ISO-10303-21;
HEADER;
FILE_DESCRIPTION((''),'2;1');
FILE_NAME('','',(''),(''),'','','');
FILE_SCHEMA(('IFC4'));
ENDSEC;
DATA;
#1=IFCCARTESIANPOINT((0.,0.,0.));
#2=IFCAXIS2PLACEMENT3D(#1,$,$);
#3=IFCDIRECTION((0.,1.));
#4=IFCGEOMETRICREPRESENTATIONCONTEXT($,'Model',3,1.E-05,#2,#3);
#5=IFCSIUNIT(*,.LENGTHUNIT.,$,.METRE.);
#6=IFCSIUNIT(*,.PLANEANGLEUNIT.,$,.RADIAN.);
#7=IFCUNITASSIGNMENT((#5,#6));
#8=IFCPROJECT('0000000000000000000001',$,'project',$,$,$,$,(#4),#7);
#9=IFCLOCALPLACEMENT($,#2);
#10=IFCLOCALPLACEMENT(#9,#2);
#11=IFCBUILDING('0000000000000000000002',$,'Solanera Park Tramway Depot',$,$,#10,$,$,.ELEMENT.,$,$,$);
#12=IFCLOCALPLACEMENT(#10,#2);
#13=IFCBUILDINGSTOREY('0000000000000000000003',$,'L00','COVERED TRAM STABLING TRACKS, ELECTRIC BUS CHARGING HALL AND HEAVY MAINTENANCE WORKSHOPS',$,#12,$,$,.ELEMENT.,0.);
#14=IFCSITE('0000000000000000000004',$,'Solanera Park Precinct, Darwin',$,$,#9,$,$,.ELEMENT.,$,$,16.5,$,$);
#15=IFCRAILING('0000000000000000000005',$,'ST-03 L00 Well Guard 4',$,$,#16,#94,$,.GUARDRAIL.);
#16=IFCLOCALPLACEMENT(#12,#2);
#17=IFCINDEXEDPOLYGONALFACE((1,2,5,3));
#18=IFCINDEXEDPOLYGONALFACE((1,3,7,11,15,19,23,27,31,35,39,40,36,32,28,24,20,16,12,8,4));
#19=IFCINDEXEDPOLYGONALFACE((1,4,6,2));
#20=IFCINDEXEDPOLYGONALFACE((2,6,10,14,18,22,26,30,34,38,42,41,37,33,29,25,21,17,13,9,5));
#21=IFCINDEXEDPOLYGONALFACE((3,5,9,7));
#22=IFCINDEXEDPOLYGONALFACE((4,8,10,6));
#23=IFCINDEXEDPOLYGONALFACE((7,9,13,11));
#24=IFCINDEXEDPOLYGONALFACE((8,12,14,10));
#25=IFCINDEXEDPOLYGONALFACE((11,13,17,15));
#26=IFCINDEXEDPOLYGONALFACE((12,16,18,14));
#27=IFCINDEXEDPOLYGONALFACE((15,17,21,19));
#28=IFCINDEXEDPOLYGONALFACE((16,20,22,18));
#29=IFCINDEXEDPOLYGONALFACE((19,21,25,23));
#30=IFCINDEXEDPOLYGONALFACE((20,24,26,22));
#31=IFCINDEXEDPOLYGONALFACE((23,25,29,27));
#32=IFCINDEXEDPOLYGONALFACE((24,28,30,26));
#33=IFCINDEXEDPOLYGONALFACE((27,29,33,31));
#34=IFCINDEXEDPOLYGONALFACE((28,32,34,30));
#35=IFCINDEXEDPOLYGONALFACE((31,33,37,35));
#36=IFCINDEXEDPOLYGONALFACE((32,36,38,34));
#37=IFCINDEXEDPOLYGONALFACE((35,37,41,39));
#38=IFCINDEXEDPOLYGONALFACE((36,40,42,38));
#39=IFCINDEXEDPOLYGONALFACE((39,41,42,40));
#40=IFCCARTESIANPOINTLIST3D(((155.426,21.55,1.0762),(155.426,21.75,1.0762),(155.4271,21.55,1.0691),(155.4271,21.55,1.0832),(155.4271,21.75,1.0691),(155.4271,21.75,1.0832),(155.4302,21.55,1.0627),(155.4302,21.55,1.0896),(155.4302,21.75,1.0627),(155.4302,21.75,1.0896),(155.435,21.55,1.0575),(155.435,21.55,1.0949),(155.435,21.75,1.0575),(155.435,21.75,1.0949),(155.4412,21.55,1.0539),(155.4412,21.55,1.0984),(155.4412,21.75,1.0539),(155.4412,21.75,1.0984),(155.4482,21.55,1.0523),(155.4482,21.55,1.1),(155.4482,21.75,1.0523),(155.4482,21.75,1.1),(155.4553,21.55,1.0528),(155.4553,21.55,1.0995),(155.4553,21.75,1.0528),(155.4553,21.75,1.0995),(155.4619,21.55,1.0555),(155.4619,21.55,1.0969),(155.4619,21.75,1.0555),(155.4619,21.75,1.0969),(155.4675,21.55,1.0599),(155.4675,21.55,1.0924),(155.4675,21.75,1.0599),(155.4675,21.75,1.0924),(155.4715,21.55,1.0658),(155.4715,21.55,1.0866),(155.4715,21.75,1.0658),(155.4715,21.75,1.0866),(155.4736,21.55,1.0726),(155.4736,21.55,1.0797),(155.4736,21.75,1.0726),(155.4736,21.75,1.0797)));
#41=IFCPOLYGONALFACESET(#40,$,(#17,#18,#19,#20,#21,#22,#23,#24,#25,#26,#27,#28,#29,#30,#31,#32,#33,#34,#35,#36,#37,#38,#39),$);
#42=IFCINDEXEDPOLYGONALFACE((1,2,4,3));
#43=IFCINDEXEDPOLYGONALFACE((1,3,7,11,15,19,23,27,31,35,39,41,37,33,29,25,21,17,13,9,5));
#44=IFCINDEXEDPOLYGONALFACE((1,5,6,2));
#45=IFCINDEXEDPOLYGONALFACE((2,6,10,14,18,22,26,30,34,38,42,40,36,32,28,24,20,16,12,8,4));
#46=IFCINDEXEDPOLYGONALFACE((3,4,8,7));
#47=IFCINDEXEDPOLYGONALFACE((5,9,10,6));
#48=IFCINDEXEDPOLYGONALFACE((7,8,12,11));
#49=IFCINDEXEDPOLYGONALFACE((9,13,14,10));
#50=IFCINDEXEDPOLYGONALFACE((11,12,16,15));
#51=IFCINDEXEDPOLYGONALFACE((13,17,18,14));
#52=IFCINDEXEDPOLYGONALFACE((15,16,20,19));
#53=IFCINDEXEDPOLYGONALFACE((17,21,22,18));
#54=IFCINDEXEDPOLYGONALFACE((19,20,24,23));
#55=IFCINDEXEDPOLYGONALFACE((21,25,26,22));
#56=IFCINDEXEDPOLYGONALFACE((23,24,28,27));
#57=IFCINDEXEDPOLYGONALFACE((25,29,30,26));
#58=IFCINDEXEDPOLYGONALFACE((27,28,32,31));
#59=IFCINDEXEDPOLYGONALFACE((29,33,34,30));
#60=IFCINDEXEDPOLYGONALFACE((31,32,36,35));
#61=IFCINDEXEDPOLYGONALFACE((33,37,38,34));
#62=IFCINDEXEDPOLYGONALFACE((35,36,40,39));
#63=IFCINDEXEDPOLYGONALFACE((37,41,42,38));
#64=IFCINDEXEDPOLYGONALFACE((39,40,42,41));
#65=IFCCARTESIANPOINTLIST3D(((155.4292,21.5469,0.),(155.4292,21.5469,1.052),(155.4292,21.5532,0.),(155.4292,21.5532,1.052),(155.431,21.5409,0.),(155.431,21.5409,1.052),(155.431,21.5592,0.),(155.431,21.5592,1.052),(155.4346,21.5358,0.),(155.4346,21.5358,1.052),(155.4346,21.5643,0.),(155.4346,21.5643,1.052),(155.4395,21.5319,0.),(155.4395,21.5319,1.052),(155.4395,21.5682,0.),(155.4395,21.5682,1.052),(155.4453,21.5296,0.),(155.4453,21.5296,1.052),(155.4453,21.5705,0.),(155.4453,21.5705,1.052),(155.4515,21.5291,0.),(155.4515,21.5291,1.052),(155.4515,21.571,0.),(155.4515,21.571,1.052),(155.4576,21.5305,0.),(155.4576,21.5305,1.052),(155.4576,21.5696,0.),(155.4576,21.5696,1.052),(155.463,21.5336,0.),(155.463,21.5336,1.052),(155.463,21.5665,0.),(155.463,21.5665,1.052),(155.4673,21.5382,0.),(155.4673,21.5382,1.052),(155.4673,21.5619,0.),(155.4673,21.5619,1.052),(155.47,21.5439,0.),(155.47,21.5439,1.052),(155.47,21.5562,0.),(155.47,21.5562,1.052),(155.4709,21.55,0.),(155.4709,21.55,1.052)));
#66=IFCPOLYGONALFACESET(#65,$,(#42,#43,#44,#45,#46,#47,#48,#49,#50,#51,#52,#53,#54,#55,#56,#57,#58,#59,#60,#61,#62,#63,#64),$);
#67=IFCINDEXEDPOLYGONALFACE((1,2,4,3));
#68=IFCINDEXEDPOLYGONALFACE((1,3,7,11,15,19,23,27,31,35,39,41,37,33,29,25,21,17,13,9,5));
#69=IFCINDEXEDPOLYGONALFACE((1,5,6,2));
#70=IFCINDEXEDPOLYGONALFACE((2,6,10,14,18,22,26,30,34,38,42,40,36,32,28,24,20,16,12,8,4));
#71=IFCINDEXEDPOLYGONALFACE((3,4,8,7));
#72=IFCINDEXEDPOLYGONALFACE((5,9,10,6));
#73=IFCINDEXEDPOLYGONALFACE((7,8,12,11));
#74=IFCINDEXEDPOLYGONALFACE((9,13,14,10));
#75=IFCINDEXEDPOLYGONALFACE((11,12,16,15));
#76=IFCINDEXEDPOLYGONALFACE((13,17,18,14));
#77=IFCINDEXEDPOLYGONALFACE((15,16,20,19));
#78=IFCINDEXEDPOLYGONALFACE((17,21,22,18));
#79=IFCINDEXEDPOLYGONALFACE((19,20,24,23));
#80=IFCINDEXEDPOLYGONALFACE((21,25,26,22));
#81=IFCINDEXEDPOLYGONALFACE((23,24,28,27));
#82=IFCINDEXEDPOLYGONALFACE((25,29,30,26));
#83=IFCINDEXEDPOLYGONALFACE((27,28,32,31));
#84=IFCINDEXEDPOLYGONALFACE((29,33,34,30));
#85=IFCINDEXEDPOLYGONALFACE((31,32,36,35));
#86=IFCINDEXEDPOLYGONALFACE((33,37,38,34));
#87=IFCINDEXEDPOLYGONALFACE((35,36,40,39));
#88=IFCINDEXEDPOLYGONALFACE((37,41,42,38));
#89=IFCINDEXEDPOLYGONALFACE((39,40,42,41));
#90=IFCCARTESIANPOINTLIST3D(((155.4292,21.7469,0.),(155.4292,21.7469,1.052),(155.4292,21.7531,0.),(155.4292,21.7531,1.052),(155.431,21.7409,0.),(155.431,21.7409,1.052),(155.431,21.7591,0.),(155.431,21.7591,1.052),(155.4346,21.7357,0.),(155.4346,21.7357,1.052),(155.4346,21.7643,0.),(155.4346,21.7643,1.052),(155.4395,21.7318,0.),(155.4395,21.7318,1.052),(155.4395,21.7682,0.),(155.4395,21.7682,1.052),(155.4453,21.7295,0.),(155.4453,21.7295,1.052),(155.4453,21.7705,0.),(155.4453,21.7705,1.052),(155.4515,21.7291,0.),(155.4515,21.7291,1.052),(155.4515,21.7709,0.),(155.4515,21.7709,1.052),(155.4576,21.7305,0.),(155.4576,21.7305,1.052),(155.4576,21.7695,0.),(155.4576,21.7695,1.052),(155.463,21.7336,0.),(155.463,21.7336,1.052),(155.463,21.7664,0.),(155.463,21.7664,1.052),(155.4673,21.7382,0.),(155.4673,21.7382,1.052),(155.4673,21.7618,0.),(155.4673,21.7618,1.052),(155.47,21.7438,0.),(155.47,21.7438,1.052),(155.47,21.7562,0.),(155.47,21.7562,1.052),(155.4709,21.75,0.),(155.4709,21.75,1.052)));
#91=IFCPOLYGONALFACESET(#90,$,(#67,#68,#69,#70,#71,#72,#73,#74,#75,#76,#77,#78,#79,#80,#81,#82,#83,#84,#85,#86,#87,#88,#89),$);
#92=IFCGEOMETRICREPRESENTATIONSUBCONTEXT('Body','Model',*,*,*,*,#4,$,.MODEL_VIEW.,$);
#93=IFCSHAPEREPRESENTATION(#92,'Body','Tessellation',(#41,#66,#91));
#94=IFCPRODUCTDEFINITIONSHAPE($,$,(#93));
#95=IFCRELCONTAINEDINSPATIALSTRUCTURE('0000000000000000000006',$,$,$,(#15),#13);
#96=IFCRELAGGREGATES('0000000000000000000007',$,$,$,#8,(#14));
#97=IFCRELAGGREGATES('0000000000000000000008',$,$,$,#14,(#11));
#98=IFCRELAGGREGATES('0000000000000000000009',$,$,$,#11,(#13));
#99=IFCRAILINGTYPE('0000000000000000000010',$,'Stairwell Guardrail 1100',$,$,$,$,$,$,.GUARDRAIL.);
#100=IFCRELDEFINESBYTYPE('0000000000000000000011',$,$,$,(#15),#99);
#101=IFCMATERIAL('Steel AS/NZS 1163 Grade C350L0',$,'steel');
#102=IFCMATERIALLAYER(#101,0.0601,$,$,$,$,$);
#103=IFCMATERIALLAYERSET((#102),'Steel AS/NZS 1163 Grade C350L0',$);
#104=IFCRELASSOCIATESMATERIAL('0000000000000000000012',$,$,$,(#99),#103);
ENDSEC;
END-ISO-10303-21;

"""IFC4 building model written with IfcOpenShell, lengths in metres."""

from ifc_helpers import new_model, si_unit, direction, frame, origin, origin_2d, place, context, subcontext, project, spatial, circle, extrude, material, layer, layer_set, type_object, element, save


model = new_model("IFC4")

# Units and contexts
model_context = context("Model", 3, precision=1e-05, world=origin(), true_north=direction((0.0, 1.0)))
body_context = subcontext(model_context, "Body", "Model", "MODEL_VIEW")
ifc_project = project(units=[si_unit("LENGTHUNIT", "METRE"), si_unit("PLANEANGLEUNIT", "RADIAN")], contexts=[model_context])

# Site, building, storey
site_placement = place(None, origin())
site = spatial("IfcSite", under=ifc_project, at=site_placement, Name="Solanera Park Precinct, Darwin", CompositionType="ELEMENT", RefElevation=16.5)
building_placement = place(site_placement, origin())
building = spatial("IfcBuilding", under=site, at=building_placement, Name="Solanera Park Tramway Depot", CompositionType="ELEMENT")
storey_placement = place(building_placement, origin())
storey = spatial("IfcBuildingStorey", under=building, at=storey_placement, Name="L00", Description="COVERED TRAM STABLING TRACKS, ELECTRIC BUS CHARGING HALL AND HEAVY MAINTENANCE WORKSHOPS", CompositionType="ELEMENT", Elevation=0.0)

# Railing
ifc_material_1 = material(Name="Steel AS/NZS 1163 Grade C350L0", Category="steel")
ifc_layer_1 = layer(ifc_material_1, 0.0601)
ifc_layer_set_1 = layer_set([ifc_layer_1], Name="Steel AS/NZS 1163 Grade C350L0")
railing_type_1 = type_object("IfcRailingType", Name="Stairwell Guardrail 1100", PredefinedType="GUARDRAIL", material=ifc_layer_set_1)
railing_1_placement = place(storey_placement, frame((155.45, 21.55, 0.0)))
element("IfcRailing", 1, at=railing_1_placement, inside=storey, type_object=railing_type_1, Name="ST-03 L00 Well Guard 4", PredefinedType="GUARDRAIL", context=body_context, shape_type="SweptSolid", body=[
    extrude(circle(Radius=0.0239, at=origin_2d()), frame((0.0, 0.0, 1.0762), z_axis=(0.0, 1.0, 0.0), x_axis=(-1.0, 0.0, 0.0)), (0.0, 0.0, 1.0), 0.2),
    extrude(circle(Radius=0.021, at=origin_2d()), origin(), (0.0, 0.0, 1.0), 1.052),
    extrude(circle(Radius=0.021, at=origin_2d()), frame((0.0, 0.2, 0.0)), (0.0, 0.0, 1.0), 1.052),
])

save(model, "model.ifc")
